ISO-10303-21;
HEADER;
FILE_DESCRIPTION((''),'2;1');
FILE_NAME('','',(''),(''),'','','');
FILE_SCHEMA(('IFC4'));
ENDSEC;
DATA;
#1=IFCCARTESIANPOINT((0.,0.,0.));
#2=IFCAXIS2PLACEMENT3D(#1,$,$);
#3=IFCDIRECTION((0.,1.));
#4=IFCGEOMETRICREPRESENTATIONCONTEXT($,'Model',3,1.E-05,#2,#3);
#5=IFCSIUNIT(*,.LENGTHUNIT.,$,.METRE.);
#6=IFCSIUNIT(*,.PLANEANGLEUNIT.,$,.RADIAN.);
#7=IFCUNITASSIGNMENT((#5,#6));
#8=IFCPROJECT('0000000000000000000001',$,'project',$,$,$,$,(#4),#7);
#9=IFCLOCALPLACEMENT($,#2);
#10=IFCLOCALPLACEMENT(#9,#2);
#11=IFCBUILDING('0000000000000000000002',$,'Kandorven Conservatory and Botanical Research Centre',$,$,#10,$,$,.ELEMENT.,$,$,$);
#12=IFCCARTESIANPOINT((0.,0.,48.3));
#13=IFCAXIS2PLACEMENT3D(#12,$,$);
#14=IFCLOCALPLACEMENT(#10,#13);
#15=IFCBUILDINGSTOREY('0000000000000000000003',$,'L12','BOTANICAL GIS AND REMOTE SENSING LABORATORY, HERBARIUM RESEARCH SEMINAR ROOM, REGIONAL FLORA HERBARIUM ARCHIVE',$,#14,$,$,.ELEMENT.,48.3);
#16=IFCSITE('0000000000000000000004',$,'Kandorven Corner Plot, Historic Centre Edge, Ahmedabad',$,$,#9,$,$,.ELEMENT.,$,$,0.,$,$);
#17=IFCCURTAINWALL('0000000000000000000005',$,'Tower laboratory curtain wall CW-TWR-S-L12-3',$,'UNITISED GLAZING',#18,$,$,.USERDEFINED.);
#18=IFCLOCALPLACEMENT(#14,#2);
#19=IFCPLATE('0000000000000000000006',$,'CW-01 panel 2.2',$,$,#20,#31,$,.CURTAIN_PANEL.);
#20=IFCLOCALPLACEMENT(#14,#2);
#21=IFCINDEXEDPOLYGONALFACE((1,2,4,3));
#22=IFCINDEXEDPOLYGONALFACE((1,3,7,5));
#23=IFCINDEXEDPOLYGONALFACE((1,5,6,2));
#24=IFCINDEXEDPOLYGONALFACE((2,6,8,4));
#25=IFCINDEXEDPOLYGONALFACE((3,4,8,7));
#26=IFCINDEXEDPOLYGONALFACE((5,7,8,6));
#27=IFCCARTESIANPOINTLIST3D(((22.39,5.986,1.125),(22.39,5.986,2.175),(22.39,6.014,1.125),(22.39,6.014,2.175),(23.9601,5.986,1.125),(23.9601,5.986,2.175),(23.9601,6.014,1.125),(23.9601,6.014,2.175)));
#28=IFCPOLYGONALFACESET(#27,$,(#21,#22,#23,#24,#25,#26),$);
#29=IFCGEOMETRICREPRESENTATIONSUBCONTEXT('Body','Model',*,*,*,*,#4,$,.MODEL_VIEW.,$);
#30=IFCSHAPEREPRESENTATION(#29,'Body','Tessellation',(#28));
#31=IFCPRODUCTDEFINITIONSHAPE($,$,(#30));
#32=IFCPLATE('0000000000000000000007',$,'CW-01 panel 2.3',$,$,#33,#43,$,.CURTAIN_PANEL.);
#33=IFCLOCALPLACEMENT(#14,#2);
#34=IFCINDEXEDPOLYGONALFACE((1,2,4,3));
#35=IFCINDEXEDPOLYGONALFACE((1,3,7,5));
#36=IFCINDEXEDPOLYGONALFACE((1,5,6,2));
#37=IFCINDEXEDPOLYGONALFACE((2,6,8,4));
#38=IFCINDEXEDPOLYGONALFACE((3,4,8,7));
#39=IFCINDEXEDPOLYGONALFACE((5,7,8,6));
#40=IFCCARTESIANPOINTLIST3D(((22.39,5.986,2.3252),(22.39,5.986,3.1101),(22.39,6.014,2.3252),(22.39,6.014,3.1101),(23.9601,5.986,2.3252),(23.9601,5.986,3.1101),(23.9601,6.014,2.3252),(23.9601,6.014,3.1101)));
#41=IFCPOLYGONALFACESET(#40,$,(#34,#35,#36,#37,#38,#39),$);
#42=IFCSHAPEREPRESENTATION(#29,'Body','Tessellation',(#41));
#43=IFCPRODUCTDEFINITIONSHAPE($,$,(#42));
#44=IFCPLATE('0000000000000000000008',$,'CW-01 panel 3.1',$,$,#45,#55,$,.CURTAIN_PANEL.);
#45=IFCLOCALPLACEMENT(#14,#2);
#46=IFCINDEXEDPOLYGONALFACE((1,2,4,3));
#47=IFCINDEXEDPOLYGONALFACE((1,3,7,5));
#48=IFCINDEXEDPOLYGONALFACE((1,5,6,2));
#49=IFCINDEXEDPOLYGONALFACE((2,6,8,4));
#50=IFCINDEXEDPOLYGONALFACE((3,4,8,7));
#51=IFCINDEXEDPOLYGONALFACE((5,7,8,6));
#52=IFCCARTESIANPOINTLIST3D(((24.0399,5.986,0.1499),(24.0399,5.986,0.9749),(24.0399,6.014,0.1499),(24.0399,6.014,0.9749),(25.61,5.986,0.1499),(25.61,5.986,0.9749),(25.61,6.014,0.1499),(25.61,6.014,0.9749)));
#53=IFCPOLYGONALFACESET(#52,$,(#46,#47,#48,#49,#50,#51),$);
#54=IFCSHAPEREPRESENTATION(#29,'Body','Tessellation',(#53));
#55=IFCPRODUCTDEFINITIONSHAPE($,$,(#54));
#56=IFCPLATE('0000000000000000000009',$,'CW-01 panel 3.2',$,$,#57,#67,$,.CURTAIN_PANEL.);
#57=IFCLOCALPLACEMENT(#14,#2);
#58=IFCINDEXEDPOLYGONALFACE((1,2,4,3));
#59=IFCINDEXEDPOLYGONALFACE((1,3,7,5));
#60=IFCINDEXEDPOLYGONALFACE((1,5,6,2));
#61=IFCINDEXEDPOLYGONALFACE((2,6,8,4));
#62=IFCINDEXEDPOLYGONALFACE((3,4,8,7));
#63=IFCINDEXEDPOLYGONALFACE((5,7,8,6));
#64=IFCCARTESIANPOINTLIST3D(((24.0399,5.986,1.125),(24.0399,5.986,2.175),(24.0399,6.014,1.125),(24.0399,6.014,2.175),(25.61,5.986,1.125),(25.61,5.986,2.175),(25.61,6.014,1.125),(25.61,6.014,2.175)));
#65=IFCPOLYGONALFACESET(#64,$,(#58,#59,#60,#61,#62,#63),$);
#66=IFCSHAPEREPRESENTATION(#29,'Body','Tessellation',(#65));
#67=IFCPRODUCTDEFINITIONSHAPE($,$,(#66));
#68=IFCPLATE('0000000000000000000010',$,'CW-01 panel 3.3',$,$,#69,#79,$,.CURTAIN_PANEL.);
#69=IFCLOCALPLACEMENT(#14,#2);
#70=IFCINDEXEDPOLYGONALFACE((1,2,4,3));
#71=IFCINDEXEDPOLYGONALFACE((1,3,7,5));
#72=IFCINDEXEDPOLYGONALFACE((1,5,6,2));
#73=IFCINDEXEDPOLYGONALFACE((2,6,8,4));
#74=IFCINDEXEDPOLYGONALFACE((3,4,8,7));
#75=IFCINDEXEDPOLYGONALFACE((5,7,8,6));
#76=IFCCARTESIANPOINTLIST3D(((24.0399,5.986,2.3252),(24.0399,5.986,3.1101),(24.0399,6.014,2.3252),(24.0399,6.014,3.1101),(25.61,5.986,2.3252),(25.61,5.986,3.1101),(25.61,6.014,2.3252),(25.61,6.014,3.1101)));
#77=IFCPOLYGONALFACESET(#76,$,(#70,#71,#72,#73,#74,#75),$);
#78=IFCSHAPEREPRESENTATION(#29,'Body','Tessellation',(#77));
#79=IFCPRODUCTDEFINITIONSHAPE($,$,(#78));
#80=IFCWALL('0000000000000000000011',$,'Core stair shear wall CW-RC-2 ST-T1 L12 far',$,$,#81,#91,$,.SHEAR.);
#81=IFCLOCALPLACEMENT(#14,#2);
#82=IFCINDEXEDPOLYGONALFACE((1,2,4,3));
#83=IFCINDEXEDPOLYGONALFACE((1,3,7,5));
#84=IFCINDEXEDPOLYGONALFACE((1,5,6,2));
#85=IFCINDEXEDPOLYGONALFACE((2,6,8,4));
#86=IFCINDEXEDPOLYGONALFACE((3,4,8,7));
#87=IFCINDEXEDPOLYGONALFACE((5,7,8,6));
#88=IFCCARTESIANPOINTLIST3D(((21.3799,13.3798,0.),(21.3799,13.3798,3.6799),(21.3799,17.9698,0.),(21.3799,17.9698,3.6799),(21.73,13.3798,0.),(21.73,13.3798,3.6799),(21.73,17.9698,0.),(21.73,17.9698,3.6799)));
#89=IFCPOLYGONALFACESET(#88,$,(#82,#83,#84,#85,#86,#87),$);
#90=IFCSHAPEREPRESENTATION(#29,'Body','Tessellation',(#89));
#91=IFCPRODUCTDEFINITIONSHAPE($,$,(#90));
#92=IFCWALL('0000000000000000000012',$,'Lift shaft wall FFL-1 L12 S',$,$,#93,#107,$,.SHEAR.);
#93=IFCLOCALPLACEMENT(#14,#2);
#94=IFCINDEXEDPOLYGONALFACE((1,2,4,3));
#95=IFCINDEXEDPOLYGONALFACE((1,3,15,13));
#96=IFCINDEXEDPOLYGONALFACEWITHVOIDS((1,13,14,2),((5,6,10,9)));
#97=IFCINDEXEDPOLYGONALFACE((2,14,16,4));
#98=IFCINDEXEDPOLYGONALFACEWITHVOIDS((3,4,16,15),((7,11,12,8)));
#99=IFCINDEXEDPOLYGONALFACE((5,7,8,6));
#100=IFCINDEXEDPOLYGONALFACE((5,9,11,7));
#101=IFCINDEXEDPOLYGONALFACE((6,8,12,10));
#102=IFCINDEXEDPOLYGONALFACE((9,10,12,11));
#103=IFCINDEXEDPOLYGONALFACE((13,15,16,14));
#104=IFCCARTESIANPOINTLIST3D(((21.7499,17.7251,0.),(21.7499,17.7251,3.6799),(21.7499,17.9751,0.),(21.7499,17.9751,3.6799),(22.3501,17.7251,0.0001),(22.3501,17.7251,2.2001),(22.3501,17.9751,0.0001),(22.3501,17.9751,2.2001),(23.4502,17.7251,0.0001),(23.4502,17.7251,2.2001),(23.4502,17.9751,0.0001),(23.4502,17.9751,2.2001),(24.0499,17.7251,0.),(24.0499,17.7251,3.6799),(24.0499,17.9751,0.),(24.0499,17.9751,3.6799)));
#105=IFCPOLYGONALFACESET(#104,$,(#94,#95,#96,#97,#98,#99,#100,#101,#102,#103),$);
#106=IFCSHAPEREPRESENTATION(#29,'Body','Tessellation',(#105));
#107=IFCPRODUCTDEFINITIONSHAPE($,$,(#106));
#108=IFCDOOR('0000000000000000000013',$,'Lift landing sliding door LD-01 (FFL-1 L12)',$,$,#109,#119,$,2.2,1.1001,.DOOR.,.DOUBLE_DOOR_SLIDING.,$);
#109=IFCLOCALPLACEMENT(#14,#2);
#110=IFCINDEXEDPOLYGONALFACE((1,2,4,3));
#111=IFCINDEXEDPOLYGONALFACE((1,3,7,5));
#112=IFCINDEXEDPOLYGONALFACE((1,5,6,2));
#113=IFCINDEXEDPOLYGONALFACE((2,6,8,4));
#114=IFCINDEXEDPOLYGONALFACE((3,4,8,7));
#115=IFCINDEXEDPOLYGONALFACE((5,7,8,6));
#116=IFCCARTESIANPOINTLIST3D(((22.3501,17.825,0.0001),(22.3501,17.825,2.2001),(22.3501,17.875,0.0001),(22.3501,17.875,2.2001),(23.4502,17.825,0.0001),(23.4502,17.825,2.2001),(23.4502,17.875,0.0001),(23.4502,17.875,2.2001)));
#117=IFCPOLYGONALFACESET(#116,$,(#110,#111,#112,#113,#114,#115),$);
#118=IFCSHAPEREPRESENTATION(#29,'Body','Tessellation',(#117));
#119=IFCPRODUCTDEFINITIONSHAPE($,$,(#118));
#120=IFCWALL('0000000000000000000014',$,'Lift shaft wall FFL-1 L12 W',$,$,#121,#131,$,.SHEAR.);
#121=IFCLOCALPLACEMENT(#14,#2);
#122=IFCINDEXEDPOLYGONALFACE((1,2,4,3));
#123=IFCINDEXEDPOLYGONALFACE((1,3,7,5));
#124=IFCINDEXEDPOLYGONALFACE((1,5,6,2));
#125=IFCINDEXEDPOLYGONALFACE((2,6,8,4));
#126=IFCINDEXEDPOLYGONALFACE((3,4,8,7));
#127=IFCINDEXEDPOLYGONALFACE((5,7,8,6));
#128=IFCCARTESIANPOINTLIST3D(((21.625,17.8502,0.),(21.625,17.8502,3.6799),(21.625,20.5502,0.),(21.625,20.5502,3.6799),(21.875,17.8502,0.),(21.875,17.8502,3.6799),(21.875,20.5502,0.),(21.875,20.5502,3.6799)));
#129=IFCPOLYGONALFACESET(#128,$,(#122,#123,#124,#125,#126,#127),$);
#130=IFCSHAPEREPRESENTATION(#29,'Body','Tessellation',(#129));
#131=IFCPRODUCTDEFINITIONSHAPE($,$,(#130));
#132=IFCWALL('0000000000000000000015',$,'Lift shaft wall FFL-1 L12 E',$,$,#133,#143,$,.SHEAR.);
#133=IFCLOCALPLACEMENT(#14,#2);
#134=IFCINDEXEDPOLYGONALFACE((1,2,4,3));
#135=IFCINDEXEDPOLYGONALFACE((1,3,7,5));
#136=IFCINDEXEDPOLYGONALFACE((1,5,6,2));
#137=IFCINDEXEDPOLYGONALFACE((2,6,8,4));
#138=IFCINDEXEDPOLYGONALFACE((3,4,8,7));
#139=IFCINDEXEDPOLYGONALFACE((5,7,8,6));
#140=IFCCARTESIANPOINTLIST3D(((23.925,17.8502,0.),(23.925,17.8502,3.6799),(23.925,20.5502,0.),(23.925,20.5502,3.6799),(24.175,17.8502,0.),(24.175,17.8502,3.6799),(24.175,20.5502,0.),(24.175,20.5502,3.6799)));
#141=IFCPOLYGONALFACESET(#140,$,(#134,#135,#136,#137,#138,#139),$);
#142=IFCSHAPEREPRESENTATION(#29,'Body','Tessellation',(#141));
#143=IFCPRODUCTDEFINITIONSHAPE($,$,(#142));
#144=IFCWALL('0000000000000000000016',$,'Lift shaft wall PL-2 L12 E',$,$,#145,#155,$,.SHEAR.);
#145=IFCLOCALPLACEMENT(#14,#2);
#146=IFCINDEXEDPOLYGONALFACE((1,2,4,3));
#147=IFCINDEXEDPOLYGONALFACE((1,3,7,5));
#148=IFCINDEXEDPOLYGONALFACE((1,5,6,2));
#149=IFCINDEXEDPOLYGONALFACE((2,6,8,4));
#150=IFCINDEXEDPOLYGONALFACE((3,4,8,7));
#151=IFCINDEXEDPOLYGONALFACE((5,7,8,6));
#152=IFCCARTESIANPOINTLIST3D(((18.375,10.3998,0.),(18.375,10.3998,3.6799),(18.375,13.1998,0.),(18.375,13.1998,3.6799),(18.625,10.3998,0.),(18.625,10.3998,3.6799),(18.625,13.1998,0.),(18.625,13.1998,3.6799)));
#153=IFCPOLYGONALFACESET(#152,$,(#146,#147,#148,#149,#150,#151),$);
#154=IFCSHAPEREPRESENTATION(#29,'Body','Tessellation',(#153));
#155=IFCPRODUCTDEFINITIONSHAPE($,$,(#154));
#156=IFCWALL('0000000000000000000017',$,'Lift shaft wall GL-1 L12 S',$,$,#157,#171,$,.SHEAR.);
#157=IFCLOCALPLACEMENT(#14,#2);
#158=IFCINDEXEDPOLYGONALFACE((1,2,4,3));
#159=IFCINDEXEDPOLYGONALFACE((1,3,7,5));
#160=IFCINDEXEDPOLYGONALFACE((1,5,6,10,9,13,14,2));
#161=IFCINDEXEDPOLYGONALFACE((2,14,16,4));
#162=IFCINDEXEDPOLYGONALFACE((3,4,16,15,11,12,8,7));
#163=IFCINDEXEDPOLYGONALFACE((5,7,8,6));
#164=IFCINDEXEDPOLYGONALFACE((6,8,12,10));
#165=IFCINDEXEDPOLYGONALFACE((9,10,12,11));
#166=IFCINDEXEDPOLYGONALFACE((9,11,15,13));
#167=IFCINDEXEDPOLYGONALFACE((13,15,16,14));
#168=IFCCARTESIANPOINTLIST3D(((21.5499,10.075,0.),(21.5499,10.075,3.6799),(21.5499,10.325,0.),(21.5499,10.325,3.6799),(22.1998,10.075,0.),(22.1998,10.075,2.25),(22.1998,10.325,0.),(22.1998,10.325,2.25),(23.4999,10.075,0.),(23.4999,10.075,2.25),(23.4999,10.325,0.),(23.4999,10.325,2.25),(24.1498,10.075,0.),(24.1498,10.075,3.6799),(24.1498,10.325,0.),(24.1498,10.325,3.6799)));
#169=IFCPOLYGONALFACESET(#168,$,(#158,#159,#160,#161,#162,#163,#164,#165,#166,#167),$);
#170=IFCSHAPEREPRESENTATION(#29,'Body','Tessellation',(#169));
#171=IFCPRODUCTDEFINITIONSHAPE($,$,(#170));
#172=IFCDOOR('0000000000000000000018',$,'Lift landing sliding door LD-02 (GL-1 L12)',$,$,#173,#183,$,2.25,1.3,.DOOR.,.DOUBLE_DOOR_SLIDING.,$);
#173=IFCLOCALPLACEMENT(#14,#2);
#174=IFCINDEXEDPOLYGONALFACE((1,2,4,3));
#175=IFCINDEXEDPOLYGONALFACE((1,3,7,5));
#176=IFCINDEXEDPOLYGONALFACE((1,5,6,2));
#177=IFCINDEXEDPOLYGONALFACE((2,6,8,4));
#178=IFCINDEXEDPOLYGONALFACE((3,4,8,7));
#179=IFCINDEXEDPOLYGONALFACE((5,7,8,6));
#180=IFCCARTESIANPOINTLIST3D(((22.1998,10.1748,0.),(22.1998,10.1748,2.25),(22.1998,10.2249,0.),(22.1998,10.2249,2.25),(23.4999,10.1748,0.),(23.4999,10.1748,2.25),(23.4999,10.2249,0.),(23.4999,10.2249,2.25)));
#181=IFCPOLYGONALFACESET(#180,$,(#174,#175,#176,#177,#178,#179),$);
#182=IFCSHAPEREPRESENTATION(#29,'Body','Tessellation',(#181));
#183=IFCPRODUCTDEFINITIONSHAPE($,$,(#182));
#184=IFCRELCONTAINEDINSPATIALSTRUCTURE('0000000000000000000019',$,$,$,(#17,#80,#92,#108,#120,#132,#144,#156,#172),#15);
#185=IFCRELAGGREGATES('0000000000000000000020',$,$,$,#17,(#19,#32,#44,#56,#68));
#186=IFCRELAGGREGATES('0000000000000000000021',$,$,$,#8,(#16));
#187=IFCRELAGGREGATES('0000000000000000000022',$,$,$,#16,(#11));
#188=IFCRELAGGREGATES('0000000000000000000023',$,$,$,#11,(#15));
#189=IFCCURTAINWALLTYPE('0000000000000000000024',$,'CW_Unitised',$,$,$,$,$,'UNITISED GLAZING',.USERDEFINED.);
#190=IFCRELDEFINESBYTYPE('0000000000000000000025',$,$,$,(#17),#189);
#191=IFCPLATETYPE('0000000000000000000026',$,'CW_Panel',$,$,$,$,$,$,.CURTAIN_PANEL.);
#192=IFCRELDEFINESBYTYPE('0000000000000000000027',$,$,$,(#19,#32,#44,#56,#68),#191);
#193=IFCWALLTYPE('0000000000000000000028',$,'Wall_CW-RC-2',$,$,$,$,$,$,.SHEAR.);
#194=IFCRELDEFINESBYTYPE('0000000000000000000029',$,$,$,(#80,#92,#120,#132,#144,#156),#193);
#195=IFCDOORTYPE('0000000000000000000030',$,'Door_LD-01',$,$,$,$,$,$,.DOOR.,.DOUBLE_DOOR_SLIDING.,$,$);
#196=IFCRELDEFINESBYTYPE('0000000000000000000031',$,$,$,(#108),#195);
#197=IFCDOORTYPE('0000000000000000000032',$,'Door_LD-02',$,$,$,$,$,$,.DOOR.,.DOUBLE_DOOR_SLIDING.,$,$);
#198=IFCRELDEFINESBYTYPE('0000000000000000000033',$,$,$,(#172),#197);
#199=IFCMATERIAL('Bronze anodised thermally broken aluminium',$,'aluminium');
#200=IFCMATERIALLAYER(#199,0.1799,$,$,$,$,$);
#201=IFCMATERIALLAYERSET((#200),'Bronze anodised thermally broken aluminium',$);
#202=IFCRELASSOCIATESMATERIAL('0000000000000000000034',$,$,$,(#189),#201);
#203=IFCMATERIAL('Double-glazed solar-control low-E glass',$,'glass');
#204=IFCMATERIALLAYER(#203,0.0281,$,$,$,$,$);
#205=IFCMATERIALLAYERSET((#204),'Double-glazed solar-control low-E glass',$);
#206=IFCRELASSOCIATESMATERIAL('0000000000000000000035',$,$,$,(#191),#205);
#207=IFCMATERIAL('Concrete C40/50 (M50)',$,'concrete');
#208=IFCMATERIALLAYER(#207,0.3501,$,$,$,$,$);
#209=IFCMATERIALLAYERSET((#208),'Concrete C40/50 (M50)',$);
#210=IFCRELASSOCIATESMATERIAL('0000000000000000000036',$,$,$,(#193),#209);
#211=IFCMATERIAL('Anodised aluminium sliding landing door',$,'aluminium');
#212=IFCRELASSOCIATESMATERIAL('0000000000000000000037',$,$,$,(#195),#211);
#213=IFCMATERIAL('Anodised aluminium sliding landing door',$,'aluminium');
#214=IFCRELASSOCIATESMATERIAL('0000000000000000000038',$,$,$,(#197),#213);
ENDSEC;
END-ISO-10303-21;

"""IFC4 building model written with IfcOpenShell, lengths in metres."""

from ifc_helpers import new_model, si_unit, direction, frame, frame_2d, origin, origin_2d, place, context, subcontext, project, spatial, rectangle, extrude, material, layer, layer_set, type_object, element, fill, aggregate, save


model = new_model("IFC4")

# Units and contexts
model_context = context("Model", 3, precision=1e-05, world=origin(), true_north=direction((0.0, 1.0)))
body_context = subcontext(model_context, "Body", "Model", "MODEL_VIEW")
ifc_project = project(units=[si_unit("LENGTHUNIT", "METRE"), si_unit("PLANEANGLEUNIT", "RADIAN")], contexts=[model_context])

# Site, building, storey
site_placement = place(None, origin())
site = spatial("IfcSite", under=ifc_project, at=site_placement, Name="Kandorven Corner Plot, Historic Centre Edge, Ahmedabad", CompositionType="ELEMENT", RefElevation=0.0)
building_placement = place(site_placement, origin())
building = spatial("IfcBuilding", under=site, at=building_placement, Name="Kandorven Conservatory and Botanical Research Centre", CompositionType="ELEMENT")
storey_placement = place(building_placement, frame((0.0, 0.0, 48.3)))
storey = spatial("IfcBuildingStorey", under=building, at=storey_placement, Name="L12", Description="BOTANICAL GIS AND REMOTE SENSING LABORATORY, HERBARIUM RESEARCH SEMINAR ROOM, REGIONAL FLORA HERBARIUM ARCHIVE", CompositionType="ELEMENT", Elevation=48.3)

# Curtain wall, plates
ifc_material_1 = material(Name="Bronze anodised thermally broken aluminium", Category="aluminium")
ifc_layer_1 = layer(ifc_material_1, 0.1799)
ifc_layer_set_1 = layer_set([ifc_layer_1], Name="Bronze anodised thermally broken aluminium")
curtain_wall_type = type_object("IfcCurtainWallType", Name="CW_Unitised", ElementType="UNITISED GLAZING", PredefinedType="USERDEFINED", material=ifc_layer_set_1)
curtain_wall_placement = place(storey_placement, origin())
curtain_wall = element("IfcCurtainWall", 1, at=curtain_wall_placement, inside=storey, type_object=curtain_wall_type, Name="Tower laboratory curtain wall CW-TWR-S-L12-3", ObjectType="UNITISED GLAZING", PredefinedType="USERDEFINED")
ifc_material_2 = material(Name="Double-glazed solar-control low-E glass", Category="glass")
ifc_layer_2 = layer(ifc_material_2, 0.0281)
ifc_layer_set_2 = layer_set([ifc_layer_2], Name="Double-glazed solar-control low-E glass")
plate_type = type_object("IfcPlateType", Name="CW_Panel", PredefinedType="CURTAIN_PANEL", material=ifc_layer_set_2)
plate_1_placement = place(storey_placement, frame((23.175, 6.0, 1.125), z_axis=(0.0, 0.0, 1.0), x_axis=(1.0, 0.0, 0.0)))
plate_1 = element("IfcPlate", 2, at=plate_1_placement, type_object=plate_type, Name="CW-01 panel 2.2", PredefinedType="CURTAIN_PANEL", context=body_context, shape_type="SweptSolid", body=[
    extrude(rectangle(XDim=1.5701, YDim=0.0281, at=origin_2d()), origin(), (0.0, 0.0, 1.0), 1.05),
])
plate_2_placement = place(storey_placement, frame((23.175, 6.0, 2.3252), z_axis=(0.0, 0.0, 1.0), x_axis=(1.0, 0.0, 0.0)))
plate_2 = element("IfcPlate", 3, at=plate_2_placement, type_object=plate_type, Name="CW-01 panel 2.3", PredefinedType="CURTAIN_PANEL", context=body_context, shape_type="SweptSolid", body=[
    extrude(rectangle(XDim=1.5701, YDim=0.0281, at=origin_2d()), origin(), (0.0, 0.0, 1.0), 0.7849),
])
plate_3_placement = place(storey_placement, frame((24.825, 6.0, 0.1499), z_axis=(0.0, 0.0, 1.0), x_axis=(1.0, 0.0, 0.0)))
plate_3 = element("IfcPlate", 4, at=plate_3_placement, type_object=plate_type, Name="CW-01 panel 3.1", PredefinedType="CURTAIN_PANEL", context=body_context, shape_type="SweptSolid", body=[
    extrude(rectangle(XDim=1.5701, YDim=0.0281, at=origin_2d()), origin(), (0.0, 0.0, 1.0), 0.825),
])
plate_4_placement = place(storey_placement, frame((24.825, 6.0, 1.125), z_axis=(0.0, 0.0, 1.0), x_axis=(1.0, 0.0, 0.0)))
plate_4 = element("IfcPlate", 5, at=plate_4_placement, type_object=plate_type, Name="CW-01 panel 3.2", PredefinedType="CURTAIN_PANEL", context=body_context, shape_type="SweptSolid", body=[
    extrude(rectangle(XDim=1.5701, YDim=0.0281, at=origin_2d()), origin(), (0.0, 0.0, 1.0), 1.05),
])
plate_5_placement = place(storey_placement, frame((24.825, 6.0, 2.3252), z_axis=(0.0, 0.0, 1.0), x_axis=(1.0, 0.0, 0.0)))
plate_5 = element("IfcPlate", 6, at=plate_5_placement, type_object=plate_type, Name="CW-01 panel 3.3", PredefinedType="CURTAIN_PANEL", context=body_context, shape_type="SweptSolid", body=[
    extrude(rectangle(XDim=1.5701, YDim=0.0281, at=origin_2d()), origin(), (0.0, 0.0, 1.0), 0.7849),
])
aggregate(curtain_wall, [plate_1, plate_2, plate_3, plate_4, plate_5])

# Wall
ifc_material_3 = material(Name="Concrete C40/50 (M50)", Category="concrete")
ifc_layer_3 = layer(ifc_material_3, 0.3501)
ifc_layer_set_3 = layer_set([ifc_layer_3], Name="Concrete C40/50 (M50)")
wall_type_1 = type_object("IfcWallType", Name="Wall_CW-RC-2", PredefinedType="SHEAR", material=ifc_layer_set_3)
wall_1_placement = place(storey_placement, frame((21.5549, 13.3799, 0.0), z_axis=(0.0, 0.0, 1.0), x_axis=(0.0, 1.0, 0.0)))
element("IfcWall", 7, at=wall_1_placement, inside=storey, type_object=wall_type_1, Name="Core stair shear wall CW-RC-2 ST-T1 L12 far", PredefinedType="SHEAR", context=body_context, shape_type="SweptSolid", body=[
    extrude(rectangle(XDim=4.5901, YDim=0.3501, at=frame_2d((2.2949, 0.0))), origin(), (0.0, 0.0, 1.0), 3.6799),
])

# Wall, opening, door
wall_2_placement = place(storey_placement, frame((21.75, 17.8501, 0.0), z_axis=(0.0, 0.0, 1.0), x_axis=(1.0, 0.0, 0.0)))
wall_2 = element("IfcWall", 8, at=wall_2_placement, inside=storey, type_object=wall_type_1, Name="Lift shaft wall FFL-1 L12 S", PredefinedType="SHEAR", context=body_context, shape_type="SweptSolid", body=[
    extrude(rectangle(XDim=2.3, YDim=0.25, at=frame_2d((1.1499, 0.0))), origin(), (0.0, 0.0, 1.0), 3.6799),
])
opening_1_placement = place(wall_2_placement, frame((0.6001, 0.0, 0.0)))
opening_1 = element("IfcOpeningElement", 9, at=opening_1_placement, cuts=wall_2, PredefinedType="OPENING", context=body_context, shape_type="SweptSolid", body=[
    extrude(rectangle(XDim=1.1001, YDim=2.2, at=frame_2d((0.55, 1.1001))), frame((0.0, 0.135, 0.0), z_axis=(0.0, -1.0, 0.0), x_axis=(1.0, 0.0, 0.0)), (0.0, 0.0, 1.0), 0.27),
])
ifc_material_4 = material(Name="Anodised aluminium sliding landing door", Category="aluminium")
door_type_1 = type_object("IfcDoorType", Name="Door_LD-01", OperationType="DOUBLE_DOOR_SLIDING", PredefinedType="DOOR", material=ifc_material_4)
door_1_placement = place(opening_1_placement, origin())
door_1 = element("IfcDoor", 10, at=door_1_placement, inside=storey, type_object=door_type_1, Name="Lift landing sliding door LD-01 (FFL-1 L12)", OperationType="DOUBLE_DOOR_SLIDING", OverallHeight=2.2, OverallWidth=1.1001, PredefinedType="DOOR", context=body_context, shape_type="SweptSolid", body=[
    extrude(rectangle(XDim=1.1001, YDim=2.2, at=frame_2d((0.55, 1.1001))), frame((0.0, 0.0249, 0.0), z_axis=(0.0, -1.0, 0.0), x_axis=(1.0, 0.0, 0.0)), (0.0, 0.0, 1.0), 0.05),
])
fill(opening_1, door_1)

# Walls
for number, where, z_axis, x_axis, name in (
    (11, (21.75, 17.8501, 0.0), (0.0, 0.0, 1.0), (0.0, 1.0, 0.0), "Lift shaft wall FFL-1 L12 W"),
    (12, (24.05, 17.8501, 0.0), (0.0, 0.0, 1.0), (0.0, 1.0, 0.0), "Lift shaft wall FFL-1 L12 E"),
):
    element("IfcWall", number, at=place(storey_placement, frame(where, z_axis=z_axis, x_axis=x_axis)), inside=storey, type_object=wall_type_1, Name=name, PredefinedType="SHEAR", context=body_context, shape_type="SweptSolid", body=[
        extrude(rectangle(XDim=2.7, YDim=0.25, at=frame_2d((1.3501, 0.0))), origin(), (0.0, 0.0, 1.0), 3.6799),
    ])
wall_3_placement = place(storey_placement, frame((18.5, 10.3999, 0.0), z_axis=(0.0, 0.0, 1.0), x_axis=(0.0, 1.0, 0.0)))
element("IfcWall", 13, at=wall_3_placement, inside=storey, type_object=wall_type_1, Name="Lift shaft wall PL-2 L12 E", PredefinedType="SHEAR", context=body_context, shape_type="SweptSolid", body=[
    extrude(rectangle(XDim=2.8, YDim=0.25, at=frame_2d((1.3999, 0.0))), origin(), (0.0, 0.0, 1.0), 3.6799),
])

# Wall, opening, door
wall_4_placement = place(storey_placement, frame((21.55, 10.2, 0.0), z_axis=(0.0, 0.0, 1.0), x_axis=(1.0, 0.0, 0.0)))
wall_4 = element("IfcWall", 14, at=wall_4_placement, inside=storey, type_object=wall_type_1, Name="Lift shaft wall GL-1 L12 S", PredefinedType="SHEAR", context=body_context, shape_type="SweptSolid", body=[
    extrude(rectangle(XDim=2.5999, YDim=0.25, at=frame_2d((1.2998, 0.0))), origin(), (0.0, 0.0, 1.0), 3.6799),
])
opening_2_placement = place(wall_4_placement, frame((0.6499, 0.0, 0.0)))
opening_2 = element("IfcOpeningElement", 15, at=opening_2_placement, cuts=wall_4, PredefinedType="OPENING", context=body_context, shape_type="SweptSolid", body=[
    extrude(rectangle(XDim=1.3, YDim=2.25, at=frame_2d((0.6499, 1.125))), frame((0.0, 0.135, 0.0), z_axis=(0.0, -1.0, 0.0), x_axis=(1.0, 0.0, 0.0)), (0.0, 0.0, 1.0), 0.27),
])
ifc_material_5 = material(Name="Anodised aluminium sliding landing door", Category="aluminium")
door_type_2 = type_object("IfcDoorType", Name="Door_LD-02", OperationType="DOUBLE_DOOR_SLIDING", PredefinedType="DOOR", material=ifc_material_5)
door_2_placement = place(opening_2_placement, origin())
door_2 = element("IfcDoor", 16, at=door_2_placement, inside=storey, type_object=door_type_2, Name="Lift landing sliding door LD-02 (GL-1 L12)", OperationType="DOUBLE_DOOR_SLIDING", OverallHeight=2.25, OverallWidth=1.3, PredefinedType="DOOR", context=body_context, shape_type="SweptSolid", body=[
    extrude(rectangle(XDim=1.3, YDim=2.25, at=frame_2d((0.6499, 1.125))), frame((0.0, 0.0249, 0.0), z_axis=(0.0, -1.0, 0.0), x_axis=(1.0, 0.0, 0.0)), (0.0, 0.0, 1.0), 0.05),
])
fill(opening_2, door_2)

save(model, "model.ifc")
